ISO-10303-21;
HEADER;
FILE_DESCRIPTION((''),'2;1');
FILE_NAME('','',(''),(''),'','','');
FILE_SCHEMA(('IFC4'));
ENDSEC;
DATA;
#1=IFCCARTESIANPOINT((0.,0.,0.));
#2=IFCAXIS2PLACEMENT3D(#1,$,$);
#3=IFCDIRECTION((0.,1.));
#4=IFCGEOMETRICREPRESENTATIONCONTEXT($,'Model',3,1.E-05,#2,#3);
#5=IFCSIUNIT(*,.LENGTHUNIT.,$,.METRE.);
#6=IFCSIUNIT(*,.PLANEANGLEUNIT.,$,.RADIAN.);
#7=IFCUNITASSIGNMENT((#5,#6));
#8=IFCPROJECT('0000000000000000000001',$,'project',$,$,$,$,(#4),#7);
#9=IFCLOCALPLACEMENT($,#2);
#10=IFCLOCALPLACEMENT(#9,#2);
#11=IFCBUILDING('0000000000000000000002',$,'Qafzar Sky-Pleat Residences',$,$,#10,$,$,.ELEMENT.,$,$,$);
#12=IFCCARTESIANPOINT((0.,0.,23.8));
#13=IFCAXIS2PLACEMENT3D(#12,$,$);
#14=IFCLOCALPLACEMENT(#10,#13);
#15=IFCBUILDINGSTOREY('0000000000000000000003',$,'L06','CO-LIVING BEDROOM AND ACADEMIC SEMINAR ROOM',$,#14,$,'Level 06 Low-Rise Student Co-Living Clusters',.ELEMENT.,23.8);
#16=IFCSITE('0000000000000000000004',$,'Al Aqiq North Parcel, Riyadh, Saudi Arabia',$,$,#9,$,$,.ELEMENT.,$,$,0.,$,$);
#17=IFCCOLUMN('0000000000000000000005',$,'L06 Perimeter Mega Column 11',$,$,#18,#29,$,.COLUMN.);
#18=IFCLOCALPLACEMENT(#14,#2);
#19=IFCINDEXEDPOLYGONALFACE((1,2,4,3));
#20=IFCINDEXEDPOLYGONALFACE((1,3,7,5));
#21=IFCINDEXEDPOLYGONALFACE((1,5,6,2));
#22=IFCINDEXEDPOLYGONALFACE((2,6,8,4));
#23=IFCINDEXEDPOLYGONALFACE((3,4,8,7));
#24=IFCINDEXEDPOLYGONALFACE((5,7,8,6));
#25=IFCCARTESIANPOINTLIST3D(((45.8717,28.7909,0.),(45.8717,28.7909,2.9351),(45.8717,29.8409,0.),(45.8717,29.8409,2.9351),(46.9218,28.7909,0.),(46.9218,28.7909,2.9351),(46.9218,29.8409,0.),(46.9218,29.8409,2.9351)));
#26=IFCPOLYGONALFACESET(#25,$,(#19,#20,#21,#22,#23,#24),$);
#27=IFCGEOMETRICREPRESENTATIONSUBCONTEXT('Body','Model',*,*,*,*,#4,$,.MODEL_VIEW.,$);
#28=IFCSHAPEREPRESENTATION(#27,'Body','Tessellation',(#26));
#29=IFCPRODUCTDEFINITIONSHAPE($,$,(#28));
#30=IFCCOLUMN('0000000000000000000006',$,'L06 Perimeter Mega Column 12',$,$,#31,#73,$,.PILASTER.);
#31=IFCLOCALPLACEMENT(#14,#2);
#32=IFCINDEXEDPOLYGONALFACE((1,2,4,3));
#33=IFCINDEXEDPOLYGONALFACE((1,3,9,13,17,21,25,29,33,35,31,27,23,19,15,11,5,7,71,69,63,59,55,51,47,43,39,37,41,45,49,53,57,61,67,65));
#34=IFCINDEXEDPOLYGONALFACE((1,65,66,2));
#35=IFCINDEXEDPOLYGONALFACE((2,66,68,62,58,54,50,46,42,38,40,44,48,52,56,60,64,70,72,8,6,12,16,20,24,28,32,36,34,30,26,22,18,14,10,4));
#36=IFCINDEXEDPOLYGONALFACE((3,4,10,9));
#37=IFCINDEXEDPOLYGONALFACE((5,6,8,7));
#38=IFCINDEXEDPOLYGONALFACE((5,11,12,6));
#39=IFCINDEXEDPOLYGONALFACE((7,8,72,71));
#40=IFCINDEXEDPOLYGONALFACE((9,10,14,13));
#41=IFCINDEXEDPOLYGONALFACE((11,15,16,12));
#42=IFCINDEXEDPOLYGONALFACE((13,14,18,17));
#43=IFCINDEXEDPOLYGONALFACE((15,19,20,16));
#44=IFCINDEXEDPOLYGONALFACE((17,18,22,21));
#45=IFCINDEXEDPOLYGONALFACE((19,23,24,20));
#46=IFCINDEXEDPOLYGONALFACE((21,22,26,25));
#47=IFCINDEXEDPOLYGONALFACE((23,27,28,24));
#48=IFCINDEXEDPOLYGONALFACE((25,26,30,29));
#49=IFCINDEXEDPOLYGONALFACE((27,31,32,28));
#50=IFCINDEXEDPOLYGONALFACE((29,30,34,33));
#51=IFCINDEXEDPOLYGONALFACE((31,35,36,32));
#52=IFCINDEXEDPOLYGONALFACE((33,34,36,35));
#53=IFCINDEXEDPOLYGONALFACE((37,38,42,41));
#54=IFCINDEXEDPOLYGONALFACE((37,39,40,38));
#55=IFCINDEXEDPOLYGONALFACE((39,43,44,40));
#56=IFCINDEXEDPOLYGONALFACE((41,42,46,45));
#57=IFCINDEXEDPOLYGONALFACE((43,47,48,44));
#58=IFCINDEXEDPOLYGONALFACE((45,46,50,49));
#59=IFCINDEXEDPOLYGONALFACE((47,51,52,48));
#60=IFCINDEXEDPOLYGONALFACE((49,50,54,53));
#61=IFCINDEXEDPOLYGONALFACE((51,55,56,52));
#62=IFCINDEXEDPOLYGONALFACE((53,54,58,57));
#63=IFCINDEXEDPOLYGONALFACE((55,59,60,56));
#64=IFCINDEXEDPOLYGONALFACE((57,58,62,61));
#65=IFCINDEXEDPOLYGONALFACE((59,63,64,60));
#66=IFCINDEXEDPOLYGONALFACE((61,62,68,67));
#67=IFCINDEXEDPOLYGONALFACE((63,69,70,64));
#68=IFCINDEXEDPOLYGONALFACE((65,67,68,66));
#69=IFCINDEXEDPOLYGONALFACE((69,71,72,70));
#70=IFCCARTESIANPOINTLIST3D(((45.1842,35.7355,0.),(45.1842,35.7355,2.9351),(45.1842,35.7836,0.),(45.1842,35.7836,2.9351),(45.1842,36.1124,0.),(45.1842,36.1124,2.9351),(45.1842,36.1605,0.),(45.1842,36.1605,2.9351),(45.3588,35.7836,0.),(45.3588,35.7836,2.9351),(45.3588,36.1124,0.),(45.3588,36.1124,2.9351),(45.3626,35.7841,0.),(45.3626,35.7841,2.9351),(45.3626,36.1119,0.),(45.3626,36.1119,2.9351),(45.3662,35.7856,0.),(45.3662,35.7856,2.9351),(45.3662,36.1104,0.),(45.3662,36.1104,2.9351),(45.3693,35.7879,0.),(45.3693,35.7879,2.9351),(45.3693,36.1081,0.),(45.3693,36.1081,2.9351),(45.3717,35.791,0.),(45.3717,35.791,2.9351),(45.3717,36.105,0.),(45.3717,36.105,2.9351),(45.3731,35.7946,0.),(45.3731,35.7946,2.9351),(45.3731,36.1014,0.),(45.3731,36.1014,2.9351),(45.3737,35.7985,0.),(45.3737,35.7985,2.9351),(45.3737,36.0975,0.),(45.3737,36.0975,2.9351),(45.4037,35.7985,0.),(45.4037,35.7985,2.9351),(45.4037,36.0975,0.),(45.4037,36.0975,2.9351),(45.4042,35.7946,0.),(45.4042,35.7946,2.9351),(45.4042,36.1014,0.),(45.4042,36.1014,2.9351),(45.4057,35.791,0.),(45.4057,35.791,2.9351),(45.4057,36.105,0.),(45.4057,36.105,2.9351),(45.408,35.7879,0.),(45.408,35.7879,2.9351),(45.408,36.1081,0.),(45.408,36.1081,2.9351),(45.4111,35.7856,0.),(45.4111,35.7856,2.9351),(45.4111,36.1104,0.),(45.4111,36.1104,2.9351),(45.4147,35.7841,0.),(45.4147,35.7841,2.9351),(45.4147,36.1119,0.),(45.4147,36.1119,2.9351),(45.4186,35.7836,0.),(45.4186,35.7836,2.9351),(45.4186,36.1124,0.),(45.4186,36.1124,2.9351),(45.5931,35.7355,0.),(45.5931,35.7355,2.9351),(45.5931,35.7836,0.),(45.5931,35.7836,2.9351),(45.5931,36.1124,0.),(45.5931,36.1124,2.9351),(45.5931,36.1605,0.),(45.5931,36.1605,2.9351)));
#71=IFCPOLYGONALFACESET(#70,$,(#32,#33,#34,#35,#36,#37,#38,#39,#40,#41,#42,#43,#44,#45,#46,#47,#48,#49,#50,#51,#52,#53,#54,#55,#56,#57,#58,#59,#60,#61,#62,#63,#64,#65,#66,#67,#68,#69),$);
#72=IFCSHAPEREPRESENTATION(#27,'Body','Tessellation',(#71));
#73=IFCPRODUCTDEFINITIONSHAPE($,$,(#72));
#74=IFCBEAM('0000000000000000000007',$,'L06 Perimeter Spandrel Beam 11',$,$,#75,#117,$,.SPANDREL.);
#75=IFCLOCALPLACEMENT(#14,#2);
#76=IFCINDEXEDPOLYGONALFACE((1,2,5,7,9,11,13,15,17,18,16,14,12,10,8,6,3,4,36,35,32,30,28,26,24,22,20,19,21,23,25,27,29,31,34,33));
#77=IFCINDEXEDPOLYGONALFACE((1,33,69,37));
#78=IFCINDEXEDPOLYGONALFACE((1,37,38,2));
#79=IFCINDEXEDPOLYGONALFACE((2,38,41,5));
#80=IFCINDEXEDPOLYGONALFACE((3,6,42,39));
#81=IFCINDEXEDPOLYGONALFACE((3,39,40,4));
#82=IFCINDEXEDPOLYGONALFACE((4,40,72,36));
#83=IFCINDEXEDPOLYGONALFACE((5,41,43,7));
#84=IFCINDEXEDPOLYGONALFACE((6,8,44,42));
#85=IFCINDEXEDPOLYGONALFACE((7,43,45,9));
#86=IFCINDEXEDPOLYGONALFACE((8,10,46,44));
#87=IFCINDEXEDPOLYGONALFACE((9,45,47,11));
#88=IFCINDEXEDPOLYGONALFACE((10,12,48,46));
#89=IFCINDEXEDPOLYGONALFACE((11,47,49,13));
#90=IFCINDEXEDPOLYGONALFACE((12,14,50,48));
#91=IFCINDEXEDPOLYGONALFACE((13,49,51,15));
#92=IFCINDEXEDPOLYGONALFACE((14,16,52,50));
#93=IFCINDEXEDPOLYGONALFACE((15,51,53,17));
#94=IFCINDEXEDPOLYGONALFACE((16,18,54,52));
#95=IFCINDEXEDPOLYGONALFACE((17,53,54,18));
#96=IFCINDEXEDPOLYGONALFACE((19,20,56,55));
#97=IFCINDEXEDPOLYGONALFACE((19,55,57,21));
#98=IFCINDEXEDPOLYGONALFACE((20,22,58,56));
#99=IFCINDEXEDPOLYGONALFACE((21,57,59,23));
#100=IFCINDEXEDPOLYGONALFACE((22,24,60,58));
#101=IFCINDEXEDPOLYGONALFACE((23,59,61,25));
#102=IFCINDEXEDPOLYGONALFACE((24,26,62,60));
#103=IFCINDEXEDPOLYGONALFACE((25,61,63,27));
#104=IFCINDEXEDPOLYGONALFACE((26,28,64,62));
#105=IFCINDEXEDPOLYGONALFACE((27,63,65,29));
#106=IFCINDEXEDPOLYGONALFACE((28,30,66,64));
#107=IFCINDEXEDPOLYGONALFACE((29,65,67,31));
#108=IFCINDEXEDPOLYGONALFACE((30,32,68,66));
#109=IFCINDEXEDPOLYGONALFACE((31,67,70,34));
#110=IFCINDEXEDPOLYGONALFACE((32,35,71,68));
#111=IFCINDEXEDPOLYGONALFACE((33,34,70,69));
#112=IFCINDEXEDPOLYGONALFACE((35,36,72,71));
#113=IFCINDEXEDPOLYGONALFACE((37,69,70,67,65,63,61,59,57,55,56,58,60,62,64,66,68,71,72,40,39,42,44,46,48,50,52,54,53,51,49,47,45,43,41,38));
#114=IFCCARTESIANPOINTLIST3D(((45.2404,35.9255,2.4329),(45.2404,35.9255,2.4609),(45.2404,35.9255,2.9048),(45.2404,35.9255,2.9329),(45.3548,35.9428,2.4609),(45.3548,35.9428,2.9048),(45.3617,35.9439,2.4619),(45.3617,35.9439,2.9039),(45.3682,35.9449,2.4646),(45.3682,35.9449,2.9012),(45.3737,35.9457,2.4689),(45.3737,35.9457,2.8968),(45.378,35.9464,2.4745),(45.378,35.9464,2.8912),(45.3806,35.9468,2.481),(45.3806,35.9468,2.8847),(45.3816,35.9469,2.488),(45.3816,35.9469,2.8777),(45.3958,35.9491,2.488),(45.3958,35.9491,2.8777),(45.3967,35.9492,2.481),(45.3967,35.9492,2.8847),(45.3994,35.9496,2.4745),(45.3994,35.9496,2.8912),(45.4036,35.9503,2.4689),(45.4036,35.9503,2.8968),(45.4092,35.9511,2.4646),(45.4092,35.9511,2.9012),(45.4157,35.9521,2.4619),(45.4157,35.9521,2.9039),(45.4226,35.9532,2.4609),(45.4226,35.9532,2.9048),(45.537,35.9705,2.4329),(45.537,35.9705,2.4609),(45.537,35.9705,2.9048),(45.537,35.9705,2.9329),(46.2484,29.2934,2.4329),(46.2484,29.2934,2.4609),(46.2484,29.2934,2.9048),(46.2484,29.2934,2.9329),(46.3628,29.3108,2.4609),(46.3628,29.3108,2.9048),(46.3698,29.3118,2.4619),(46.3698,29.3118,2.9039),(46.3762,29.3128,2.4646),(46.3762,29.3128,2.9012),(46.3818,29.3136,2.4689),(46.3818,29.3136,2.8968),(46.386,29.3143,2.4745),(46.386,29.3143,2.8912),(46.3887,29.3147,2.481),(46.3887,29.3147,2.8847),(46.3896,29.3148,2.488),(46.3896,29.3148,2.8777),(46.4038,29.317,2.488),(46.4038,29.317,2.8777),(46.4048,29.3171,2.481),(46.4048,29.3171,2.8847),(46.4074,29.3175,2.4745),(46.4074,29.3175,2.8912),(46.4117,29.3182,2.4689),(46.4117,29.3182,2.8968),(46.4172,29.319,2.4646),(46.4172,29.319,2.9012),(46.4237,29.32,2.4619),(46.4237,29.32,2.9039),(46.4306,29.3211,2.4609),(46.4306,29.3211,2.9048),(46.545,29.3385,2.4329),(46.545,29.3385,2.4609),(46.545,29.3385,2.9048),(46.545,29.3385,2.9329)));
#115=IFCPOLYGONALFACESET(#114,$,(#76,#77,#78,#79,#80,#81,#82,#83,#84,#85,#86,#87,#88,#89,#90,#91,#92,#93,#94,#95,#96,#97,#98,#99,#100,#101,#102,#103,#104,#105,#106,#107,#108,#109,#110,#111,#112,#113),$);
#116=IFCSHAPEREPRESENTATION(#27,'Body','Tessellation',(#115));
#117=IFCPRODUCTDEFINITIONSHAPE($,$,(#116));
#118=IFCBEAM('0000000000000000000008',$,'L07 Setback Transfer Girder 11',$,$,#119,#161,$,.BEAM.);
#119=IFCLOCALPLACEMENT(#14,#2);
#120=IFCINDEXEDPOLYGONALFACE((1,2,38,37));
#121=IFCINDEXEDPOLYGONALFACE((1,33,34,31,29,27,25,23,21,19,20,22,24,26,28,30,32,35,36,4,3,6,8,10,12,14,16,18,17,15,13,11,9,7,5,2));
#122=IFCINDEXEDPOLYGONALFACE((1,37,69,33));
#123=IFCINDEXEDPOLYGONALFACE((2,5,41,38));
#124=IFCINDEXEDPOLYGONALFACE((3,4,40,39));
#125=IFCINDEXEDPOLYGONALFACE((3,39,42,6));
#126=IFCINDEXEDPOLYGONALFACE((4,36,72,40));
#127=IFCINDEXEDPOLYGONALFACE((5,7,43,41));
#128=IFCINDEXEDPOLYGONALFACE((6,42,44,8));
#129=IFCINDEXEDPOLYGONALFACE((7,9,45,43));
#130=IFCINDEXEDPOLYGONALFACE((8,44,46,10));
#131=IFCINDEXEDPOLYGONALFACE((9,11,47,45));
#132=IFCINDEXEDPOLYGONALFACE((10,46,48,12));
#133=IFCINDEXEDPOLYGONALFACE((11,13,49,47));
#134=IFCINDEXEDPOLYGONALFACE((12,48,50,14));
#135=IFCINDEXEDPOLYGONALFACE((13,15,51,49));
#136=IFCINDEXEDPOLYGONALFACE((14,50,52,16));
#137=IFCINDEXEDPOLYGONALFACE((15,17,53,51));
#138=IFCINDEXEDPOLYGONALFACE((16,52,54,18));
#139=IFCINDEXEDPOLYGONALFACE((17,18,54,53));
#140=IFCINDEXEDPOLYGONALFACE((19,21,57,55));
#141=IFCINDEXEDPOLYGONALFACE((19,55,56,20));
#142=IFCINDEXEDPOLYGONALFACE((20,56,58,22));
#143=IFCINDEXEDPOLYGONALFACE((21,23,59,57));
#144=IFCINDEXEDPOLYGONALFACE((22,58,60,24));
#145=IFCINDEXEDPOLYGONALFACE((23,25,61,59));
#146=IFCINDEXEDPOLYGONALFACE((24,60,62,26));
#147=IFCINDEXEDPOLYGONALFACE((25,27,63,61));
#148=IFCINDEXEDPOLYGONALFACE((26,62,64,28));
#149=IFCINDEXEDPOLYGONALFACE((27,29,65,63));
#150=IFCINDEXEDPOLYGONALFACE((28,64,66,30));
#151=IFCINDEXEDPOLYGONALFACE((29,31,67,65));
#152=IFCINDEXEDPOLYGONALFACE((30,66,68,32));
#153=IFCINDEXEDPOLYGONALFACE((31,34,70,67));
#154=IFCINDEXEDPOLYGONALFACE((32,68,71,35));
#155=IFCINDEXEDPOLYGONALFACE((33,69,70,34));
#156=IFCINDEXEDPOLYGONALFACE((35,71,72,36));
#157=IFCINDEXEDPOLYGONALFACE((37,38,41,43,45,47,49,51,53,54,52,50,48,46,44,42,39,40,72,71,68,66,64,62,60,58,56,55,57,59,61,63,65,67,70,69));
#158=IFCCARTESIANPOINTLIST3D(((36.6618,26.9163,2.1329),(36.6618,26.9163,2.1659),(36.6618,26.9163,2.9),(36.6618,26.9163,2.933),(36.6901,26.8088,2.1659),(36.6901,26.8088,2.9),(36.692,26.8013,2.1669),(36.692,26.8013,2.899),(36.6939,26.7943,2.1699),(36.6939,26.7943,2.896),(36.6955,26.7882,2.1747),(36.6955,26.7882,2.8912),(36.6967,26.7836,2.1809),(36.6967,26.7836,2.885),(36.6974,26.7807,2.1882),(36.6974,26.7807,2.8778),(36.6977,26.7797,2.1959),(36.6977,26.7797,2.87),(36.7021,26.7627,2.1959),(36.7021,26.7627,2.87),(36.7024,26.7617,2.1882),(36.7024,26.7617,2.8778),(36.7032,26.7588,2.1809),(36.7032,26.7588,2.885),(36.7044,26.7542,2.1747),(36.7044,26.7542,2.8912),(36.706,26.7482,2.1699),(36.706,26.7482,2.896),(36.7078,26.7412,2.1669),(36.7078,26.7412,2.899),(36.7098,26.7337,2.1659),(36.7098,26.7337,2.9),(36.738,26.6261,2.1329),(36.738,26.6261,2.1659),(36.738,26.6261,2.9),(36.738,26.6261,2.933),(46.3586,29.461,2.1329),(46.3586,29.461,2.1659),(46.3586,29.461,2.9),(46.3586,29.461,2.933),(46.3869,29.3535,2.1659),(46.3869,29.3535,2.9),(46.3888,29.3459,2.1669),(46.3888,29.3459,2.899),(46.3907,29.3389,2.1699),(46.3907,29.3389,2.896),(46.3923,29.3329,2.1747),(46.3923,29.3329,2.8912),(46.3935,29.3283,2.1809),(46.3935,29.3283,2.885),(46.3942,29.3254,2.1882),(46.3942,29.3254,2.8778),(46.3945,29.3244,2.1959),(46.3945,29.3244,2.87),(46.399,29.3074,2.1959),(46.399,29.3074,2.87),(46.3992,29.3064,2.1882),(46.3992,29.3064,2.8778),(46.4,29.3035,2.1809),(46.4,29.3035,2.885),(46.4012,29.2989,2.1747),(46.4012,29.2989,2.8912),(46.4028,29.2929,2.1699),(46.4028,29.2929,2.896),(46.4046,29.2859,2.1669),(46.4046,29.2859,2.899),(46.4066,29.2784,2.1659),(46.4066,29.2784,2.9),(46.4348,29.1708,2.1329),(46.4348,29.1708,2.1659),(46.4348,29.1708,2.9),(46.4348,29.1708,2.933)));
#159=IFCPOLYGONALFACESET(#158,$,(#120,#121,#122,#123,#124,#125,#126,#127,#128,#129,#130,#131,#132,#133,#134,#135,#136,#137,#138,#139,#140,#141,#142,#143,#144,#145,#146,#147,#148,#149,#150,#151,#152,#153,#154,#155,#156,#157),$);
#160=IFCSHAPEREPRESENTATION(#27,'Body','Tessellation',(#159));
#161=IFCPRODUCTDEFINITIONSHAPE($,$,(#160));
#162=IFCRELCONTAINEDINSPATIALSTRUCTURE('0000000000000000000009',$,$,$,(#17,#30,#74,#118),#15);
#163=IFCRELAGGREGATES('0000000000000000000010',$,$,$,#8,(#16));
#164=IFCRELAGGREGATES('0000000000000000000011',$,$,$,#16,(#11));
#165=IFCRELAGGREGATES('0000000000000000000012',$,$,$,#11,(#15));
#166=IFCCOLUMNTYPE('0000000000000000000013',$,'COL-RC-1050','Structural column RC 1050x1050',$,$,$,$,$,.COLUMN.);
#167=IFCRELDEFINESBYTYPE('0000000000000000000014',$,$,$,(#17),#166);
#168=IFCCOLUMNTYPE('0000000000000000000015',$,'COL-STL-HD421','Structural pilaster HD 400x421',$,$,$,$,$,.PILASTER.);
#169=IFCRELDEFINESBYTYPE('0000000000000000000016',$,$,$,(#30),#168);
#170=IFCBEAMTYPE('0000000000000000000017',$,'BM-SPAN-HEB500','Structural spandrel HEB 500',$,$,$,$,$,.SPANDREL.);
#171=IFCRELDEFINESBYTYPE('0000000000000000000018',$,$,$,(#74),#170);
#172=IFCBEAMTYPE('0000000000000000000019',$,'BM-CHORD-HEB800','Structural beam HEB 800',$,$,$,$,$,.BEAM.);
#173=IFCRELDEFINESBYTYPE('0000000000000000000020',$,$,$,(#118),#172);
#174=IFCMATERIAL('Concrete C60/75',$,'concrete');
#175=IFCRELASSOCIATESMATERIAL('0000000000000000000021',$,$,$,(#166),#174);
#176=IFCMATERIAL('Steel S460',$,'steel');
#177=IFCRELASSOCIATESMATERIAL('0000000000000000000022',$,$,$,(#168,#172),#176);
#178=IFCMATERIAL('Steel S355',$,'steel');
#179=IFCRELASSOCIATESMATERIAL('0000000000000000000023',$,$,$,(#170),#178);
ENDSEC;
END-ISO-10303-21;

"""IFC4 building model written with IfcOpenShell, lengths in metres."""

from ifc_helpers import new_model, si_unit, direction, frame, origin, origin_2d, place, context, subcontext, project, spatial, rectangle, i_section, extrude, source, transform, mapped, material, material_profile, profile_set, type_object, element, save


model = new_model("IFC4")

# Units and contexts
model_context = context("Model", 3, precision=1e-05, world=origin(), true_north=direction((0.0, 1.0)))
body_context = subcontext(model_context, "Body", "Model", "MODEL_VIEW")
ifc_project = project(units=[si_unit("LENGTHUNIT", "METRE"), si_unit("PLANEANGLEUNIT", "RADIAN")], contexts=[model_context])

# Site, building, storey
site_placement = place(None, origin())
site = spatial("IfcSite", under=ifc_project, at=site_placement, Name="Al Aqiq North Parcel, Riyadh, Saudi Arabia", CompositionType="ELEMENT", RefElevation=0.0)
building_placement = place(site_placement, origin())
building = spatial("IfcBuilding", under=site, at=building_placement, Name="Qafzar Sky-Pleat Residences", CompositionType="ELEMENT")
storey_placement = place(building_placement, frame((0.0, 0.0, 23.8)))
storey = spatial("IfcBuildingStorey", under=building, at=storey_placement, Name="L06", Description="CO-LIVING BEDROOM AND ACADEMIC SEMINAR ROOM", LongName="Level 06 Low-Rise Student Co-Living Clusters", CompositionType="ELEMENT", Elevation=23.8)

# Columns
ifc_material_1 = material(Name="Concrete C60/75", Category="concrete")
ifc_material_profile_1 = material_profile(ifc_material_1, rectangle(XDim=1.05, YDim=1.05, at=origin_2d()), Name="RC 1050x1050")
ifc_profile_set_1 = profile_set([ifc_material_profile_1], Name="Concrete C60/75")
column_type_1 = type_object("IfcColumnType", Name="COL-RC-1050", Description="Structural column RC 1050x1050", PredefinedType="COLUMN", material=ifc_profile_set_1)
shared_shape_1 = source(origin(), body_context, "Body", "SweptSolid", [
    extrude(rectangle(XDim=1.05, YDim=1.05, at=origin_2d()), origin(), (0.0, 0.0, 1.0), 2.9351),
])
column_1_placement = place(storey_placement, frame((46.3967, 29.3159, 0.0), z_axis=(0.0, 0.0, 1.0), x_axis=(1.0, 0.0, 0.0)))
element("IfcColumn", 1, at=column_1_placement, inside=storey, type_object=column_type_1, Name="L06 Perimeter Mega Column 11", PredefinedType="COLUMN", context=body_context, shape_type="MappedRepresentation", body=[
    mapped(shared_shape_1, transform((0.0, 0.0, 0.0), x_axis=(1.0, 0.0, 0.0), y_axis=(0.0, 1.0, 0.0), z_axis=(0.0, 0.0, 1.0), scale=1.0)),
])
ifc_material_2 = material(Name="Steel S460", Category="steel")
ifc_material_profile_2 = material_profile(ifc_material_2, i_section(OverallWidth=0.4089, OverallDepth=0.425, WebThickness=0.03, FlangeThickness=0.0481, FilletRadius=0.0149, at=origin_2d()), Name="HD 400x421")
ifc_profile_set_2 = profile_set([ifc_material_profile_2], Name="Steel S460")
column_type_2 = type_object("IfcColumnType", Name="COL-STL-HD421", Description="Structural pilaster HD 400x421", PredefinedType="PILASTER", material=ifc_profile_set_2)
shared_shape_2 = source(origin(), body_context, "Body", "SweptSolid", [
    extrude(i_section(OverallWidth=0.4089, OverallDepth=0.425, WebThickness=0.03, FlangeThickness=0.0481, FilletRadius=0.0149, at=origin_2d()), origin(), (0.0, 0.0, 1.0), 2.9351),
])
column_2_placement = place(storey_placement, frame((45.3887, 35.948, 0.0), z_axis=(0.0, 0.0, 1.0), x_axis=(1.0, 0.0, 0.0)))
element("IfcColumn", 2, at=column_2_placement, inside=storey, type_object=column_type_2, Name="L06 Perimeter Mega Column 12", PredefinedType="PILASTER", context=body_context, shape_type="MappedRepresentation", body=[
    mapped(shared_shape_2, transform((0.0, 0.0, 0.0), x_axis=(1.0, 0.0, 0.0), y_axis=(0.0, 1.0, 0.0), z_axis=(0.0, 0.0, 1.0), scale=1.0)),
])

# Beams
ifc_material_3 = material(Name="Steel S355", Category="steel")
ifc_material_profile_3 = material_profile(ifc_material_3, i_section(OverallWidth=0.3, OverallDepth=0.5, WebThickness=0.0144, FlangeThickness=0.0281, FilletRadius=0.0271, at=origin_2d()), Name="HEB 500")
ifc_profile_set_3 = profile_set([ifc_material_profile_3], Name="Steel S355")
beam_type_1 = type_object("IfcBeamType", Name="BM-SPAN-HEB500", Description="Structural spandrel HEB 500", PredefinedType="SPANDREL", material=ifc_profile_set_3)
shared_shape_3 = source(origin(), body_context, "Body", "SweptSolid", [
    extrude(i_section(OverallWidth=0.3, OverallDepth=0.5, WebThickness=0.0144, FlangeThickness=0.0281, FilletRadius=0.0271, at=origin_2d()), origin(), (0.0, 0.0, 1.0), 6.7083),
])
beam_1_placement = place(storey_placement, frame((46.3967, 29.3159, 2.6829), z_axis=(-0.150271, 0.988645, 0.0), x_axis=(-0.988645, -0.150271, 0.0)))
element("IfcBeam", 3, at=beam_1_placement, inside=storey, type_object=beam_type_1, Name="L06 Perimeter Spandrel Beam 11", PredefinedType="SPANDREL", context=body_context, shape_type="MappedRepresentation", body=[
    mapped(shared_shape_3, transform((0.0, 0.0, 0.0), x_axis=(1.0, 0.0, 0.0), y_axis=(0.0, 1.0, 0.0), z_axis=(0.0, 0.0, 1.0), scale=1.0)),
])
ifc_material_profile_4 = material_profile(ifc_material_2, i_section(OverallWidth=0.3, OverallDepth=0.8, WebThickness=0.0176, FlangeThickness=0.033, FilletRadius=0.03, at=origin_2d()), Name="HEB 800")
ifc_profile_set_4 = profile_set([ifc_material_profile_4], Name="Steel S460")
beam_type_2 = type_object("IfcBeamType", Name="BM-CHORD-HEB800", Description="Structural beam HEB 800", PredefinedType="BEAM", material=ifc_profile_set_4)
shared_shape_4 = source(origin(), body_context, "Body", "SweptSolid", [
    extrude(i_section(OverallWidth=0.3, OverallDepth=0.8, WebThickness=0.0176, FlangeThickness=0.033, FilletRadius=0.03, at=origin_2d()), origin(), (0.0, 0.0, 1.0), 10.0251),
])
beam_2_placement = place(storey_placement, frame((46.3967, 29.3159, 2.533), z_axis=(-0.967249, -0.25383, 0.0), x_axis=(0.25383, -0.967249, 0.0)))
element("IfcBeam", 4, at=beam_2_placement, inside=storey, type_object=beam_type_2, Name="L07 Setback Transfer Girder 11", PredefinedType="BEAM", context=body_context, shape_type="MappedRepresentation", body=[
    mapped(shared_shape_4, transform((0.0, 0.0, 0.0), x_axis=(1.0, 0.0, 0.0), y_axis=(0.0, 1.0, 0.0), z_axis=(0.0, 0.0, 1.0), scale=1.0)),
])

save(model, "model.ifc")
